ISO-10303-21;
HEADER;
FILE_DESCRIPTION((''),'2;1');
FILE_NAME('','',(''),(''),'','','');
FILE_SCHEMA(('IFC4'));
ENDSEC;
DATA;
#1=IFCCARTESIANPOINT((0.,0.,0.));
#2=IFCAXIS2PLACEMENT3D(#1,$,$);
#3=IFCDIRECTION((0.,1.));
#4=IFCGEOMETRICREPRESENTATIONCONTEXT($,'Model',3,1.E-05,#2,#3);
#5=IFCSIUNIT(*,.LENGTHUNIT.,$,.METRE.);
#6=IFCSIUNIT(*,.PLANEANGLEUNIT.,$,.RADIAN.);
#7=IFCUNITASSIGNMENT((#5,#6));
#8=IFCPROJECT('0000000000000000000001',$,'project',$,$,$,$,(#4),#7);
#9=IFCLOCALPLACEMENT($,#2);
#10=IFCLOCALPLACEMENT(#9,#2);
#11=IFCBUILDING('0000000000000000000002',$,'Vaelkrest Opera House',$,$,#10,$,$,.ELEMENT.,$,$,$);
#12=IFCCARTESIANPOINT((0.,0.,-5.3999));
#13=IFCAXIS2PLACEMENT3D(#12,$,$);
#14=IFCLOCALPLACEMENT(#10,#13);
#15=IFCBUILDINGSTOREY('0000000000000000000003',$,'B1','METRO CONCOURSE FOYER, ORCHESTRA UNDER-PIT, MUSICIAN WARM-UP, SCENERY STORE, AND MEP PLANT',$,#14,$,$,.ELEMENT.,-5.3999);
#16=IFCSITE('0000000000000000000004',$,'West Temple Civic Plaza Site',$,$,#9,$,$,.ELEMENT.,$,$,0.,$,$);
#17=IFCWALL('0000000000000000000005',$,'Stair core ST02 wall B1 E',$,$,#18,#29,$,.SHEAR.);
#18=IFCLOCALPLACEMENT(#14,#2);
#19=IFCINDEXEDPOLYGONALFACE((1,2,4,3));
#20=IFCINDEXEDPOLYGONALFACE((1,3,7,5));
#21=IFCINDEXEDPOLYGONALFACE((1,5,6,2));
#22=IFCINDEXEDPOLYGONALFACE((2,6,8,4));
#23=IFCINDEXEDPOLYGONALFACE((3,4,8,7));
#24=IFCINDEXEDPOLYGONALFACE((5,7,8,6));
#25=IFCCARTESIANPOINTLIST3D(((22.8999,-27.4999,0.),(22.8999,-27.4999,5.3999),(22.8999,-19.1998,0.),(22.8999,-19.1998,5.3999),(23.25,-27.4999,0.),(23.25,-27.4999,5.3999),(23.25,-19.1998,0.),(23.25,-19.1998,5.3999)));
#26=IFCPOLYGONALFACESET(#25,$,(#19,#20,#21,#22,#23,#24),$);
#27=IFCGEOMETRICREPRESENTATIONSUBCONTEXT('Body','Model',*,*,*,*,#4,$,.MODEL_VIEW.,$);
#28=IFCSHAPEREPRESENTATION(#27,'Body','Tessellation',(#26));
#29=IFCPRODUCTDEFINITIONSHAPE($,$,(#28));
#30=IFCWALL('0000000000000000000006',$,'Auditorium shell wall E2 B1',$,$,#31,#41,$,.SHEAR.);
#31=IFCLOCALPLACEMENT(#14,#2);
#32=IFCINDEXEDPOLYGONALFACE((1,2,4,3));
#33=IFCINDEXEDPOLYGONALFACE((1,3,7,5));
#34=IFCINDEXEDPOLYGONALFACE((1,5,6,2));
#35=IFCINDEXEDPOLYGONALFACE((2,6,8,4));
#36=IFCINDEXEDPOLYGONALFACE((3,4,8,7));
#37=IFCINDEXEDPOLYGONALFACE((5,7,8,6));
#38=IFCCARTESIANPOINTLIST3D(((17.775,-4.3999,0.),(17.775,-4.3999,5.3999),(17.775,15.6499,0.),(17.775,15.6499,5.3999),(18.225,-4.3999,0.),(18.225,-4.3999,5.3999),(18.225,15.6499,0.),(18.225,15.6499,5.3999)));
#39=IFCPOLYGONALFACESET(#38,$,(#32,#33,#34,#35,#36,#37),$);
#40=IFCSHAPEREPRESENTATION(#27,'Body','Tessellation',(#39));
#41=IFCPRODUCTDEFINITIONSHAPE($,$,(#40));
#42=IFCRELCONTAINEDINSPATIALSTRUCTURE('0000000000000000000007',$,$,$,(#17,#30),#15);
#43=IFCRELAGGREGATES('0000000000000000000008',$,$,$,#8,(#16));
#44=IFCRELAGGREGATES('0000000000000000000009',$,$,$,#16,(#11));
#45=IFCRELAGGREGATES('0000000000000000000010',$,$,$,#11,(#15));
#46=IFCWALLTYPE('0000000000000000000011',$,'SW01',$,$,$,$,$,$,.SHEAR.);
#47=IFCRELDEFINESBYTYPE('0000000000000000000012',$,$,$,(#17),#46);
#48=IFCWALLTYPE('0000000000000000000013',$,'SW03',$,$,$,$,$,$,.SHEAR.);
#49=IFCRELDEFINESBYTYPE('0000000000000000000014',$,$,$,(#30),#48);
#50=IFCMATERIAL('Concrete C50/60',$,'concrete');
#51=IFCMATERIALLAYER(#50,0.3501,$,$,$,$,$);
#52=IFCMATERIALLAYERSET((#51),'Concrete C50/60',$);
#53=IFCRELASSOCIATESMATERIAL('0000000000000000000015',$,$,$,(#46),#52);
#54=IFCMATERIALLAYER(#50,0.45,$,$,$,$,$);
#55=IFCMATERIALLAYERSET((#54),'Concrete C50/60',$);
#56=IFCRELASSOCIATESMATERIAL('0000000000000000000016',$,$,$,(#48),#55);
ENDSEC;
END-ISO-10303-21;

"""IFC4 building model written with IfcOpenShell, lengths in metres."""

from ifc_helpers import new_model, si_unit, direction, frame, frame_2d, origin, place, context, subcontext, project, spatial, rectangle, extrude, material, layer, layer_set, type_object, element, save


model = new_model("IFC4")

# Units and contexts
model_context = context("Model", 3, precision=1e-05, world=origin(), true_north=direction((0.0, 1.0)))
body_context = subcontext(model_context, "Body", "Model", "MODEL_VIEW")
ifc_project = project(units=[si_unit("LENGTHUNIT", "METRE"), si_unit("PLANEANGLEUNIT", "RADIAN")], contexts=[model_context])

# Site, building, storey
site_placement = place(None, origin())
site = spatial("IfcSite", under=ifc_project, at=site_placement, Name="West Temple Civic Plaza Site", CompositionType="ELEMENT", RefElevation=0.0)
building_placement = place(site_placement, origin())
building = spatial("IfcBuilding", under=site, at=building_placement, Name="Vaelkrest Opera House", CompositionType="ELEMENT")
storey_placement = place(building_placement, frame((0.0, 0.0, -5.3999)))
storey = spatial("IfcBuildingStorey", under=building, at=storey_placement, Name="B1", Description="METRO CONCOURSE FOYER, ORCHESTRA UNDER-PIT, MUSICIAN WARM-UP, SCENERY STORE, AND MEP PLANT", CompositionType="ELEMENT", Elevation=-5.3999)

# Shared definitions
ifc_material_1 = material(Name="Concrete C50/60", Category="concrete")

# Walls
ifc_layer_1 = layer(ifc_material_1, 0.3501)
ifc_layer_set_1 = layer_set([ifc_layer_1], Name="Concrete C50/60")
wall_type_1 = type_object("IfcWallType", Name="SW01", PredefinedType="SHEAR", material=ifc_layer_set_1)
wall_1_placement = place(storey_placement, frame((23.075, -19.2, 0.0), z_axis=(0.0, 0.0, 1.0), x_axis=(0.0, -1.0, 0.0)))
element("IfcWall", 1, at=wall_1_placement, inside=storey, type_object=wall_type_1, Name="Stair core ST02 wall B1 E", PredefinedType="SHEAR", context=body_context, shape_type="SweptSolid", body=[
    extrude(rectangle(XDim=8.3, YDim=0.3501, at=frame_2d((4.1499, 0.0))), origin(), (0.0, 0.0, 1.0), 5.3999),
])
ifc_layer_2 = layer(ifc_material_1, 0.45)
ifc_layer_set_2 = layer_set([ifc_layer_2], Name="Concrete C50/60")
wall_type_2 = type_object("IfcWallType", Name="SW03", PredefinedType="SHEAR", material=ifc_layer_set_2)
wall_2_placement = place(storey_placement, frame((18.0, -4.3999, 0.0), z_axis=(0.0, 0.0, 1.0), x_axis=(0.0, 1.0, 0.0)))
element("IfcWall", 2, at=wall_2_placement, inside=storey, type_object=wall_type_2, Name="Auditorium shell wall E2 B1", PredefinedType="SHEAR", context=body_context, shape_type="SweptSolid", body=[
    extrude(rectangle(XDim=20.0498, YDim=0.45, at=frame_2d((10.0249, 0.0))), origin(), (0.0, 0.0, 1.0), 5.3999),
])

save(model, "model.ifc")
